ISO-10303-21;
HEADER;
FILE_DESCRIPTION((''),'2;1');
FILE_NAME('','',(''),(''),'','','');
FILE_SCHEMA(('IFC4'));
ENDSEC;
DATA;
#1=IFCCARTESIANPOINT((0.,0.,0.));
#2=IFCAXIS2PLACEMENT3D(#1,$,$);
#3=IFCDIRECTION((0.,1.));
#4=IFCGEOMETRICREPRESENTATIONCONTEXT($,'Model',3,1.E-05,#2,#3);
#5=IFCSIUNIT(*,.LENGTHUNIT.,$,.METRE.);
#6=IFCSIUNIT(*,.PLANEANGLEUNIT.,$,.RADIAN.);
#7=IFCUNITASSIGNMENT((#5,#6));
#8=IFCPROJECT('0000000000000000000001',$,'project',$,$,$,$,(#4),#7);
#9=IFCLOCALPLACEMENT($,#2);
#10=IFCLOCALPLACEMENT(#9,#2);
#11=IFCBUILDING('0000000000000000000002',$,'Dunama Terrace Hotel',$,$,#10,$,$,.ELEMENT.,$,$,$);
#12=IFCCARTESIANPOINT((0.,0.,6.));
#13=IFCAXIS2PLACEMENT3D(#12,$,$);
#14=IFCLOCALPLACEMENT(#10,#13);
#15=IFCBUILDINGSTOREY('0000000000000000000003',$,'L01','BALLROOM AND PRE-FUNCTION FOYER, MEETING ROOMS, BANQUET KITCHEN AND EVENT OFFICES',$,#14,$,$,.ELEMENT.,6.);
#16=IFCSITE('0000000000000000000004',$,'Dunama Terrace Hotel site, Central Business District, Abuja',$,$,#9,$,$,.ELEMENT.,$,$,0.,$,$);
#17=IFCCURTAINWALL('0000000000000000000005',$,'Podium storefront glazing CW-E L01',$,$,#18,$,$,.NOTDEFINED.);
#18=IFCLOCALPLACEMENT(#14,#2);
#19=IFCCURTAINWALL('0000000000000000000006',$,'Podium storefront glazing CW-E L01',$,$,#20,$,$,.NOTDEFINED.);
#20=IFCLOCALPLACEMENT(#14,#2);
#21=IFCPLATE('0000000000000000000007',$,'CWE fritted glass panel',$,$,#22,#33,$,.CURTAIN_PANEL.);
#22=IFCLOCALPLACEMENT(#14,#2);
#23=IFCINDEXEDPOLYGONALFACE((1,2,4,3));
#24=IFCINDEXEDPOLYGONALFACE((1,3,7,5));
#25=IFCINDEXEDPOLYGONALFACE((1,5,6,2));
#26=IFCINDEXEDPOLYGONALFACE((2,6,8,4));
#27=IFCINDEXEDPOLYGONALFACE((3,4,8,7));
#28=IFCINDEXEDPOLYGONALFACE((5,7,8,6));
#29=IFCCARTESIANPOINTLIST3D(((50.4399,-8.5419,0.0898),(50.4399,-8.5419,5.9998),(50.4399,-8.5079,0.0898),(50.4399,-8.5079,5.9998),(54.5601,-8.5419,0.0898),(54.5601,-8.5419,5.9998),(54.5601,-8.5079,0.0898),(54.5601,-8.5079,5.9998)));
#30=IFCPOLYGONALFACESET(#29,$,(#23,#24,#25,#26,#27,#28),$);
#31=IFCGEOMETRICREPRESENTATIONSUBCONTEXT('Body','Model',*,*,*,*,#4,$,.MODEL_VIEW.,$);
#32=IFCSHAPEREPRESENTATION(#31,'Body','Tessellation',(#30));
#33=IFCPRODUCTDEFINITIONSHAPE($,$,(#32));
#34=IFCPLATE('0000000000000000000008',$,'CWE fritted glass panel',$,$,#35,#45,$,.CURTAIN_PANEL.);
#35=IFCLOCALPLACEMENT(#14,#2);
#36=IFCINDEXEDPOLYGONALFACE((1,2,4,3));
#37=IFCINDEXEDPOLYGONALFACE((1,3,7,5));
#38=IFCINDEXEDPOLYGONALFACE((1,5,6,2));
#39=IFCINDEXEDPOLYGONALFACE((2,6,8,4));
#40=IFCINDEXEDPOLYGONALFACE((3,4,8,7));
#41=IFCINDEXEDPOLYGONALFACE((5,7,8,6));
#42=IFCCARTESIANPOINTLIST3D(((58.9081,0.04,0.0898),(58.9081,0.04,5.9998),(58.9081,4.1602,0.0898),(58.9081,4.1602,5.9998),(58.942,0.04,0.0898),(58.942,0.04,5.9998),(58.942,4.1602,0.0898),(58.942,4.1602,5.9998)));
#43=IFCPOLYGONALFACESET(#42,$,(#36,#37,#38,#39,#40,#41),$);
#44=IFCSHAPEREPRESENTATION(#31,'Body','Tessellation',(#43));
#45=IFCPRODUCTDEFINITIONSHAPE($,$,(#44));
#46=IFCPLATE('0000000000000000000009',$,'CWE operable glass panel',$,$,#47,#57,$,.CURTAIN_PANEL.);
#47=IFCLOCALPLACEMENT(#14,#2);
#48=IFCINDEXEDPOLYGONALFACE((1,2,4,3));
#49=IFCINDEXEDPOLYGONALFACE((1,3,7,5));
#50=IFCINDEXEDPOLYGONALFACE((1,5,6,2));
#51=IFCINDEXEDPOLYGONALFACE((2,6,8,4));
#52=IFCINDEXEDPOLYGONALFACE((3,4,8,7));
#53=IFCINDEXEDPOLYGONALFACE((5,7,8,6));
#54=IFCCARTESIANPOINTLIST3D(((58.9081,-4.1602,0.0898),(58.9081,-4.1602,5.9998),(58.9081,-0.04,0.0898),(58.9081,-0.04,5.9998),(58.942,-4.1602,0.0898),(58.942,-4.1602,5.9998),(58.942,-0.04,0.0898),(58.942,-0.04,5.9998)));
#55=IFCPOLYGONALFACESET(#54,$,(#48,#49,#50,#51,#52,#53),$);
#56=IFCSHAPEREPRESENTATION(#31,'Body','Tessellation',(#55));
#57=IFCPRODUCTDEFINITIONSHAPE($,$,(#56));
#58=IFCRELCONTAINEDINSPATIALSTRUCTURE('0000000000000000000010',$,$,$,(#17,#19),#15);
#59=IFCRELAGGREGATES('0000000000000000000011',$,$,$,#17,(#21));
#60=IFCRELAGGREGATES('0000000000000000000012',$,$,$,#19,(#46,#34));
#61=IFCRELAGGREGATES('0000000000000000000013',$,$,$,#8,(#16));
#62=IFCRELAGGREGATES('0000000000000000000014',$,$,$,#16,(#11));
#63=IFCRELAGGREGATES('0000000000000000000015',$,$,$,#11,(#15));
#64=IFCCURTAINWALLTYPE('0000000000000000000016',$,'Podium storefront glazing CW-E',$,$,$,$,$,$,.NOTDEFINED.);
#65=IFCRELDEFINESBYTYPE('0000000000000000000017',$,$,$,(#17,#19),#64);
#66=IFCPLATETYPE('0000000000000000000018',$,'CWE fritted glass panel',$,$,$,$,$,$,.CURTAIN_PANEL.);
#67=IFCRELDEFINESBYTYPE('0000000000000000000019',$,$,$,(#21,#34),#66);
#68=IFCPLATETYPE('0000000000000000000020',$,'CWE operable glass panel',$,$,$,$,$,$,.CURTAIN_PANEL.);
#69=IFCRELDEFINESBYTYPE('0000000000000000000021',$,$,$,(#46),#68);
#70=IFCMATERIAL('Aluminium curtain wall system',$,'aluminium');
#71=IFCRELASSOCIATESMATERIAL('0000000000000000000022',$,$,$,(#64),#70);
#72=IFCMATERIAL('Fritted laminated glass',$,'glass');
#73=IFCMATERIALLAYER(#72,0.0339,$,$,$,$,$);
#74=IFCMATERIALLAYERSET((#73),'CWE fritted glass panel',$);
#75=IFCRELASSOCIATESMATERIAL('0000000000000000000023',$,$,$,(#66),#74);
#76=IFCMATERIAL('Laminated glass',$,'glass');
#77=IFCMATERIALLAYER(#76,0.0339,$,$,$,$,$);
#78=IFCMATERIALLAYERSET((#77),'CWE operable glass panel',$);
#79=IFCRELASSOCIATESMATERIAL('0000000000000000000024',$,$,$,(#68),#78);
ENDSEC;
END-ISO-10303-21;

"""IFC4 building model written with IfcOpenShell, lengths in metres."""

from ifc_helpers import new_model, si_unit, direction, frame, origin, origin_2d, place, context, subcontext, project, spatial, rectangle, extrude, material, layer, layer_set, type_object, element, aggregate, save


model = new_model("IFC4")

# Units and contexts
model_context = context("Model", 3, precision=1e-05, world=origin(), true_north=direction((0.0, 1.0)))
body_context = subcontext(model_context, "Body", "Model", "MODEL_VIEW")
ifc_project = project(units=[si_unit("LENGTHUNIT", "METRE"), si_unit("PLANEANGLEUNIT", "RADIAN")], contexts=[model_context])

# Site, building, storey
site_placement = place(None, origin())
site = spatial("IfcSite", under=ifc_project, at=site_placement, Name="Dunama Terrace Hotel site, Central Business District, Abuja", CompositionType="ELEMENT", RefElevation=0.0)
building_placement = place(site_placement, origin())
building = spatial("IfcBuilding", under=site, at=building_placement, Name="Dunama Terrace Hotel", CompositionType="ELEMENT")
storey_placement = place(building_placement, frame((0.0, 0.0, 6.0)))
storey = spatial("IfcBuildingStorey", under=building, at=storey_placement, Name="L01", Description="BALLROOM AND PRE-FUNCTION FOYER, MEETING ROOMS, BANQUET KITCHEN AND EVENT OFFICES", CompositionType="ELEMENT", Elevation=6.0)

# Curtain walls
ifc_material_1 = material(Name="Aluminium curtain wall system", Category="aluminium")
curtain_wall_type = type_object("IfcCurtainWallType", Name="Podium storefront glazing CW-E", PredefinedType="NOTDEFINED", material=ifc_material_1)
curtain_wall_1_placement = place(storey_placement, origin())
curtain_wall_1 = element("IfcCurtainWall", 1, at=curtain_wall_1_placement, inside=storey, type_object=curtain_wall_type, Name="Podium storefront glazing CW-E L01", PredefinedType="NOTDEFINED")
curtain_wall_2_placement = place(storey_placement, origin())
curtain_wall_2 = element("IfcCurtainWall", 2, at=curtain_wall_2_placement, inside=storey, type_object=curtain_wall_type, Name="Podium storefront glazing CW-E L01", PredefinedType="NOTDEFINED")

# Plates
ifc_material_2 = material(Name="Fritted laminated glass", Category="glass")
ifc_layer_1 = layer(ifc_material_2, 0.0339)
ifc_layer_set_1 = layer_set([ifc_layer_1], Name="CWE fritted glass panel")
plate_type_1 = type_object("IfcPlateType", Name="CWE fritted glass panel", PredefinedType="CURTAIN_PANEL", material=ifc_layer_set_1)
plate_1_placement = place(storey_placement, frame((52.5, -8.5249, 0.0898), z_axis=(0.0, 0.0, 1.0), x_axis=(1.0, 0.0, 0.0)))
plate_1 = element("IfcPlate", 3, at=plate_1_placement, type_object=plate_type_1, Name="CWE fritted glass panel", PredefinedType="CURTAIN_PANEL", context=body_context, shape_type="SweptSolid", body=[
    extrude(rectangle(XDim=4.1201, YDim=0.0339, at=origin_2d()), origin(), (0.0, 0.0, 1.0), 5.9099),
])
aggregate(curtain_wall_1, [plate_1])
plate_2_placement = place(storey_placement, frame((58.925, 2.1001, 0.0898), z_axis=(0.0, 0.0, 1.0), x_axis=(0.0, 1.0, 0.0)))
plate_2 = element("IfcPlate", 4, at=plate_2_placement, type_object=plate_type_1, Name="CWE fritted glass panel", PredefinedType="CURTAIN_PANEL", context=body_context, shape_type="SweptSolid", body=[
    extrude(rectangle(XDim=4.1201, YDim=0.0339, at=origin_2d()), origin(), (0.0, 0.0, 1.0), 5.9099),
])
ifc_material_3 = material(Name="Laminated glass", Category="glass")
ifc_layer_2 = layer(ifc_material_3, 0.0339)
ifc_layer_set_2 = layer_set([ifc_layer_2], Name="CWE operable glass panel")
plate_type_2 = type_object("IfcPlateType", Name="CWE operable glass panel", PredefinedType="CURTAIN_PANEL", material=ifc_layer_set_2)
plate_3_placement = place(storey_placement, frame((58.925, -2.1001, 0.0898), z_axis=(0.0, 0.0, 1.0), x_axis=(0.0, 1.0, 0.0)))
plate_3 = element("IfcPlate", 5, at=plate_3_placement, type_object=plate_type_2, Name="CWE operable glass panel", PredefinedType="CURTAIN_PANEL", context=body_context, shape_type="SweptSolid", body=[
    extrude(rectangle(XDim=4.1201, YDim=0.0339, at=origin_2d()), origin(), (0.0, 0.0, 1.0), 5.9099),
])
aggregate(curtain_wall_2, [plate_3, plate_2])

save(model, "model.ifc")
